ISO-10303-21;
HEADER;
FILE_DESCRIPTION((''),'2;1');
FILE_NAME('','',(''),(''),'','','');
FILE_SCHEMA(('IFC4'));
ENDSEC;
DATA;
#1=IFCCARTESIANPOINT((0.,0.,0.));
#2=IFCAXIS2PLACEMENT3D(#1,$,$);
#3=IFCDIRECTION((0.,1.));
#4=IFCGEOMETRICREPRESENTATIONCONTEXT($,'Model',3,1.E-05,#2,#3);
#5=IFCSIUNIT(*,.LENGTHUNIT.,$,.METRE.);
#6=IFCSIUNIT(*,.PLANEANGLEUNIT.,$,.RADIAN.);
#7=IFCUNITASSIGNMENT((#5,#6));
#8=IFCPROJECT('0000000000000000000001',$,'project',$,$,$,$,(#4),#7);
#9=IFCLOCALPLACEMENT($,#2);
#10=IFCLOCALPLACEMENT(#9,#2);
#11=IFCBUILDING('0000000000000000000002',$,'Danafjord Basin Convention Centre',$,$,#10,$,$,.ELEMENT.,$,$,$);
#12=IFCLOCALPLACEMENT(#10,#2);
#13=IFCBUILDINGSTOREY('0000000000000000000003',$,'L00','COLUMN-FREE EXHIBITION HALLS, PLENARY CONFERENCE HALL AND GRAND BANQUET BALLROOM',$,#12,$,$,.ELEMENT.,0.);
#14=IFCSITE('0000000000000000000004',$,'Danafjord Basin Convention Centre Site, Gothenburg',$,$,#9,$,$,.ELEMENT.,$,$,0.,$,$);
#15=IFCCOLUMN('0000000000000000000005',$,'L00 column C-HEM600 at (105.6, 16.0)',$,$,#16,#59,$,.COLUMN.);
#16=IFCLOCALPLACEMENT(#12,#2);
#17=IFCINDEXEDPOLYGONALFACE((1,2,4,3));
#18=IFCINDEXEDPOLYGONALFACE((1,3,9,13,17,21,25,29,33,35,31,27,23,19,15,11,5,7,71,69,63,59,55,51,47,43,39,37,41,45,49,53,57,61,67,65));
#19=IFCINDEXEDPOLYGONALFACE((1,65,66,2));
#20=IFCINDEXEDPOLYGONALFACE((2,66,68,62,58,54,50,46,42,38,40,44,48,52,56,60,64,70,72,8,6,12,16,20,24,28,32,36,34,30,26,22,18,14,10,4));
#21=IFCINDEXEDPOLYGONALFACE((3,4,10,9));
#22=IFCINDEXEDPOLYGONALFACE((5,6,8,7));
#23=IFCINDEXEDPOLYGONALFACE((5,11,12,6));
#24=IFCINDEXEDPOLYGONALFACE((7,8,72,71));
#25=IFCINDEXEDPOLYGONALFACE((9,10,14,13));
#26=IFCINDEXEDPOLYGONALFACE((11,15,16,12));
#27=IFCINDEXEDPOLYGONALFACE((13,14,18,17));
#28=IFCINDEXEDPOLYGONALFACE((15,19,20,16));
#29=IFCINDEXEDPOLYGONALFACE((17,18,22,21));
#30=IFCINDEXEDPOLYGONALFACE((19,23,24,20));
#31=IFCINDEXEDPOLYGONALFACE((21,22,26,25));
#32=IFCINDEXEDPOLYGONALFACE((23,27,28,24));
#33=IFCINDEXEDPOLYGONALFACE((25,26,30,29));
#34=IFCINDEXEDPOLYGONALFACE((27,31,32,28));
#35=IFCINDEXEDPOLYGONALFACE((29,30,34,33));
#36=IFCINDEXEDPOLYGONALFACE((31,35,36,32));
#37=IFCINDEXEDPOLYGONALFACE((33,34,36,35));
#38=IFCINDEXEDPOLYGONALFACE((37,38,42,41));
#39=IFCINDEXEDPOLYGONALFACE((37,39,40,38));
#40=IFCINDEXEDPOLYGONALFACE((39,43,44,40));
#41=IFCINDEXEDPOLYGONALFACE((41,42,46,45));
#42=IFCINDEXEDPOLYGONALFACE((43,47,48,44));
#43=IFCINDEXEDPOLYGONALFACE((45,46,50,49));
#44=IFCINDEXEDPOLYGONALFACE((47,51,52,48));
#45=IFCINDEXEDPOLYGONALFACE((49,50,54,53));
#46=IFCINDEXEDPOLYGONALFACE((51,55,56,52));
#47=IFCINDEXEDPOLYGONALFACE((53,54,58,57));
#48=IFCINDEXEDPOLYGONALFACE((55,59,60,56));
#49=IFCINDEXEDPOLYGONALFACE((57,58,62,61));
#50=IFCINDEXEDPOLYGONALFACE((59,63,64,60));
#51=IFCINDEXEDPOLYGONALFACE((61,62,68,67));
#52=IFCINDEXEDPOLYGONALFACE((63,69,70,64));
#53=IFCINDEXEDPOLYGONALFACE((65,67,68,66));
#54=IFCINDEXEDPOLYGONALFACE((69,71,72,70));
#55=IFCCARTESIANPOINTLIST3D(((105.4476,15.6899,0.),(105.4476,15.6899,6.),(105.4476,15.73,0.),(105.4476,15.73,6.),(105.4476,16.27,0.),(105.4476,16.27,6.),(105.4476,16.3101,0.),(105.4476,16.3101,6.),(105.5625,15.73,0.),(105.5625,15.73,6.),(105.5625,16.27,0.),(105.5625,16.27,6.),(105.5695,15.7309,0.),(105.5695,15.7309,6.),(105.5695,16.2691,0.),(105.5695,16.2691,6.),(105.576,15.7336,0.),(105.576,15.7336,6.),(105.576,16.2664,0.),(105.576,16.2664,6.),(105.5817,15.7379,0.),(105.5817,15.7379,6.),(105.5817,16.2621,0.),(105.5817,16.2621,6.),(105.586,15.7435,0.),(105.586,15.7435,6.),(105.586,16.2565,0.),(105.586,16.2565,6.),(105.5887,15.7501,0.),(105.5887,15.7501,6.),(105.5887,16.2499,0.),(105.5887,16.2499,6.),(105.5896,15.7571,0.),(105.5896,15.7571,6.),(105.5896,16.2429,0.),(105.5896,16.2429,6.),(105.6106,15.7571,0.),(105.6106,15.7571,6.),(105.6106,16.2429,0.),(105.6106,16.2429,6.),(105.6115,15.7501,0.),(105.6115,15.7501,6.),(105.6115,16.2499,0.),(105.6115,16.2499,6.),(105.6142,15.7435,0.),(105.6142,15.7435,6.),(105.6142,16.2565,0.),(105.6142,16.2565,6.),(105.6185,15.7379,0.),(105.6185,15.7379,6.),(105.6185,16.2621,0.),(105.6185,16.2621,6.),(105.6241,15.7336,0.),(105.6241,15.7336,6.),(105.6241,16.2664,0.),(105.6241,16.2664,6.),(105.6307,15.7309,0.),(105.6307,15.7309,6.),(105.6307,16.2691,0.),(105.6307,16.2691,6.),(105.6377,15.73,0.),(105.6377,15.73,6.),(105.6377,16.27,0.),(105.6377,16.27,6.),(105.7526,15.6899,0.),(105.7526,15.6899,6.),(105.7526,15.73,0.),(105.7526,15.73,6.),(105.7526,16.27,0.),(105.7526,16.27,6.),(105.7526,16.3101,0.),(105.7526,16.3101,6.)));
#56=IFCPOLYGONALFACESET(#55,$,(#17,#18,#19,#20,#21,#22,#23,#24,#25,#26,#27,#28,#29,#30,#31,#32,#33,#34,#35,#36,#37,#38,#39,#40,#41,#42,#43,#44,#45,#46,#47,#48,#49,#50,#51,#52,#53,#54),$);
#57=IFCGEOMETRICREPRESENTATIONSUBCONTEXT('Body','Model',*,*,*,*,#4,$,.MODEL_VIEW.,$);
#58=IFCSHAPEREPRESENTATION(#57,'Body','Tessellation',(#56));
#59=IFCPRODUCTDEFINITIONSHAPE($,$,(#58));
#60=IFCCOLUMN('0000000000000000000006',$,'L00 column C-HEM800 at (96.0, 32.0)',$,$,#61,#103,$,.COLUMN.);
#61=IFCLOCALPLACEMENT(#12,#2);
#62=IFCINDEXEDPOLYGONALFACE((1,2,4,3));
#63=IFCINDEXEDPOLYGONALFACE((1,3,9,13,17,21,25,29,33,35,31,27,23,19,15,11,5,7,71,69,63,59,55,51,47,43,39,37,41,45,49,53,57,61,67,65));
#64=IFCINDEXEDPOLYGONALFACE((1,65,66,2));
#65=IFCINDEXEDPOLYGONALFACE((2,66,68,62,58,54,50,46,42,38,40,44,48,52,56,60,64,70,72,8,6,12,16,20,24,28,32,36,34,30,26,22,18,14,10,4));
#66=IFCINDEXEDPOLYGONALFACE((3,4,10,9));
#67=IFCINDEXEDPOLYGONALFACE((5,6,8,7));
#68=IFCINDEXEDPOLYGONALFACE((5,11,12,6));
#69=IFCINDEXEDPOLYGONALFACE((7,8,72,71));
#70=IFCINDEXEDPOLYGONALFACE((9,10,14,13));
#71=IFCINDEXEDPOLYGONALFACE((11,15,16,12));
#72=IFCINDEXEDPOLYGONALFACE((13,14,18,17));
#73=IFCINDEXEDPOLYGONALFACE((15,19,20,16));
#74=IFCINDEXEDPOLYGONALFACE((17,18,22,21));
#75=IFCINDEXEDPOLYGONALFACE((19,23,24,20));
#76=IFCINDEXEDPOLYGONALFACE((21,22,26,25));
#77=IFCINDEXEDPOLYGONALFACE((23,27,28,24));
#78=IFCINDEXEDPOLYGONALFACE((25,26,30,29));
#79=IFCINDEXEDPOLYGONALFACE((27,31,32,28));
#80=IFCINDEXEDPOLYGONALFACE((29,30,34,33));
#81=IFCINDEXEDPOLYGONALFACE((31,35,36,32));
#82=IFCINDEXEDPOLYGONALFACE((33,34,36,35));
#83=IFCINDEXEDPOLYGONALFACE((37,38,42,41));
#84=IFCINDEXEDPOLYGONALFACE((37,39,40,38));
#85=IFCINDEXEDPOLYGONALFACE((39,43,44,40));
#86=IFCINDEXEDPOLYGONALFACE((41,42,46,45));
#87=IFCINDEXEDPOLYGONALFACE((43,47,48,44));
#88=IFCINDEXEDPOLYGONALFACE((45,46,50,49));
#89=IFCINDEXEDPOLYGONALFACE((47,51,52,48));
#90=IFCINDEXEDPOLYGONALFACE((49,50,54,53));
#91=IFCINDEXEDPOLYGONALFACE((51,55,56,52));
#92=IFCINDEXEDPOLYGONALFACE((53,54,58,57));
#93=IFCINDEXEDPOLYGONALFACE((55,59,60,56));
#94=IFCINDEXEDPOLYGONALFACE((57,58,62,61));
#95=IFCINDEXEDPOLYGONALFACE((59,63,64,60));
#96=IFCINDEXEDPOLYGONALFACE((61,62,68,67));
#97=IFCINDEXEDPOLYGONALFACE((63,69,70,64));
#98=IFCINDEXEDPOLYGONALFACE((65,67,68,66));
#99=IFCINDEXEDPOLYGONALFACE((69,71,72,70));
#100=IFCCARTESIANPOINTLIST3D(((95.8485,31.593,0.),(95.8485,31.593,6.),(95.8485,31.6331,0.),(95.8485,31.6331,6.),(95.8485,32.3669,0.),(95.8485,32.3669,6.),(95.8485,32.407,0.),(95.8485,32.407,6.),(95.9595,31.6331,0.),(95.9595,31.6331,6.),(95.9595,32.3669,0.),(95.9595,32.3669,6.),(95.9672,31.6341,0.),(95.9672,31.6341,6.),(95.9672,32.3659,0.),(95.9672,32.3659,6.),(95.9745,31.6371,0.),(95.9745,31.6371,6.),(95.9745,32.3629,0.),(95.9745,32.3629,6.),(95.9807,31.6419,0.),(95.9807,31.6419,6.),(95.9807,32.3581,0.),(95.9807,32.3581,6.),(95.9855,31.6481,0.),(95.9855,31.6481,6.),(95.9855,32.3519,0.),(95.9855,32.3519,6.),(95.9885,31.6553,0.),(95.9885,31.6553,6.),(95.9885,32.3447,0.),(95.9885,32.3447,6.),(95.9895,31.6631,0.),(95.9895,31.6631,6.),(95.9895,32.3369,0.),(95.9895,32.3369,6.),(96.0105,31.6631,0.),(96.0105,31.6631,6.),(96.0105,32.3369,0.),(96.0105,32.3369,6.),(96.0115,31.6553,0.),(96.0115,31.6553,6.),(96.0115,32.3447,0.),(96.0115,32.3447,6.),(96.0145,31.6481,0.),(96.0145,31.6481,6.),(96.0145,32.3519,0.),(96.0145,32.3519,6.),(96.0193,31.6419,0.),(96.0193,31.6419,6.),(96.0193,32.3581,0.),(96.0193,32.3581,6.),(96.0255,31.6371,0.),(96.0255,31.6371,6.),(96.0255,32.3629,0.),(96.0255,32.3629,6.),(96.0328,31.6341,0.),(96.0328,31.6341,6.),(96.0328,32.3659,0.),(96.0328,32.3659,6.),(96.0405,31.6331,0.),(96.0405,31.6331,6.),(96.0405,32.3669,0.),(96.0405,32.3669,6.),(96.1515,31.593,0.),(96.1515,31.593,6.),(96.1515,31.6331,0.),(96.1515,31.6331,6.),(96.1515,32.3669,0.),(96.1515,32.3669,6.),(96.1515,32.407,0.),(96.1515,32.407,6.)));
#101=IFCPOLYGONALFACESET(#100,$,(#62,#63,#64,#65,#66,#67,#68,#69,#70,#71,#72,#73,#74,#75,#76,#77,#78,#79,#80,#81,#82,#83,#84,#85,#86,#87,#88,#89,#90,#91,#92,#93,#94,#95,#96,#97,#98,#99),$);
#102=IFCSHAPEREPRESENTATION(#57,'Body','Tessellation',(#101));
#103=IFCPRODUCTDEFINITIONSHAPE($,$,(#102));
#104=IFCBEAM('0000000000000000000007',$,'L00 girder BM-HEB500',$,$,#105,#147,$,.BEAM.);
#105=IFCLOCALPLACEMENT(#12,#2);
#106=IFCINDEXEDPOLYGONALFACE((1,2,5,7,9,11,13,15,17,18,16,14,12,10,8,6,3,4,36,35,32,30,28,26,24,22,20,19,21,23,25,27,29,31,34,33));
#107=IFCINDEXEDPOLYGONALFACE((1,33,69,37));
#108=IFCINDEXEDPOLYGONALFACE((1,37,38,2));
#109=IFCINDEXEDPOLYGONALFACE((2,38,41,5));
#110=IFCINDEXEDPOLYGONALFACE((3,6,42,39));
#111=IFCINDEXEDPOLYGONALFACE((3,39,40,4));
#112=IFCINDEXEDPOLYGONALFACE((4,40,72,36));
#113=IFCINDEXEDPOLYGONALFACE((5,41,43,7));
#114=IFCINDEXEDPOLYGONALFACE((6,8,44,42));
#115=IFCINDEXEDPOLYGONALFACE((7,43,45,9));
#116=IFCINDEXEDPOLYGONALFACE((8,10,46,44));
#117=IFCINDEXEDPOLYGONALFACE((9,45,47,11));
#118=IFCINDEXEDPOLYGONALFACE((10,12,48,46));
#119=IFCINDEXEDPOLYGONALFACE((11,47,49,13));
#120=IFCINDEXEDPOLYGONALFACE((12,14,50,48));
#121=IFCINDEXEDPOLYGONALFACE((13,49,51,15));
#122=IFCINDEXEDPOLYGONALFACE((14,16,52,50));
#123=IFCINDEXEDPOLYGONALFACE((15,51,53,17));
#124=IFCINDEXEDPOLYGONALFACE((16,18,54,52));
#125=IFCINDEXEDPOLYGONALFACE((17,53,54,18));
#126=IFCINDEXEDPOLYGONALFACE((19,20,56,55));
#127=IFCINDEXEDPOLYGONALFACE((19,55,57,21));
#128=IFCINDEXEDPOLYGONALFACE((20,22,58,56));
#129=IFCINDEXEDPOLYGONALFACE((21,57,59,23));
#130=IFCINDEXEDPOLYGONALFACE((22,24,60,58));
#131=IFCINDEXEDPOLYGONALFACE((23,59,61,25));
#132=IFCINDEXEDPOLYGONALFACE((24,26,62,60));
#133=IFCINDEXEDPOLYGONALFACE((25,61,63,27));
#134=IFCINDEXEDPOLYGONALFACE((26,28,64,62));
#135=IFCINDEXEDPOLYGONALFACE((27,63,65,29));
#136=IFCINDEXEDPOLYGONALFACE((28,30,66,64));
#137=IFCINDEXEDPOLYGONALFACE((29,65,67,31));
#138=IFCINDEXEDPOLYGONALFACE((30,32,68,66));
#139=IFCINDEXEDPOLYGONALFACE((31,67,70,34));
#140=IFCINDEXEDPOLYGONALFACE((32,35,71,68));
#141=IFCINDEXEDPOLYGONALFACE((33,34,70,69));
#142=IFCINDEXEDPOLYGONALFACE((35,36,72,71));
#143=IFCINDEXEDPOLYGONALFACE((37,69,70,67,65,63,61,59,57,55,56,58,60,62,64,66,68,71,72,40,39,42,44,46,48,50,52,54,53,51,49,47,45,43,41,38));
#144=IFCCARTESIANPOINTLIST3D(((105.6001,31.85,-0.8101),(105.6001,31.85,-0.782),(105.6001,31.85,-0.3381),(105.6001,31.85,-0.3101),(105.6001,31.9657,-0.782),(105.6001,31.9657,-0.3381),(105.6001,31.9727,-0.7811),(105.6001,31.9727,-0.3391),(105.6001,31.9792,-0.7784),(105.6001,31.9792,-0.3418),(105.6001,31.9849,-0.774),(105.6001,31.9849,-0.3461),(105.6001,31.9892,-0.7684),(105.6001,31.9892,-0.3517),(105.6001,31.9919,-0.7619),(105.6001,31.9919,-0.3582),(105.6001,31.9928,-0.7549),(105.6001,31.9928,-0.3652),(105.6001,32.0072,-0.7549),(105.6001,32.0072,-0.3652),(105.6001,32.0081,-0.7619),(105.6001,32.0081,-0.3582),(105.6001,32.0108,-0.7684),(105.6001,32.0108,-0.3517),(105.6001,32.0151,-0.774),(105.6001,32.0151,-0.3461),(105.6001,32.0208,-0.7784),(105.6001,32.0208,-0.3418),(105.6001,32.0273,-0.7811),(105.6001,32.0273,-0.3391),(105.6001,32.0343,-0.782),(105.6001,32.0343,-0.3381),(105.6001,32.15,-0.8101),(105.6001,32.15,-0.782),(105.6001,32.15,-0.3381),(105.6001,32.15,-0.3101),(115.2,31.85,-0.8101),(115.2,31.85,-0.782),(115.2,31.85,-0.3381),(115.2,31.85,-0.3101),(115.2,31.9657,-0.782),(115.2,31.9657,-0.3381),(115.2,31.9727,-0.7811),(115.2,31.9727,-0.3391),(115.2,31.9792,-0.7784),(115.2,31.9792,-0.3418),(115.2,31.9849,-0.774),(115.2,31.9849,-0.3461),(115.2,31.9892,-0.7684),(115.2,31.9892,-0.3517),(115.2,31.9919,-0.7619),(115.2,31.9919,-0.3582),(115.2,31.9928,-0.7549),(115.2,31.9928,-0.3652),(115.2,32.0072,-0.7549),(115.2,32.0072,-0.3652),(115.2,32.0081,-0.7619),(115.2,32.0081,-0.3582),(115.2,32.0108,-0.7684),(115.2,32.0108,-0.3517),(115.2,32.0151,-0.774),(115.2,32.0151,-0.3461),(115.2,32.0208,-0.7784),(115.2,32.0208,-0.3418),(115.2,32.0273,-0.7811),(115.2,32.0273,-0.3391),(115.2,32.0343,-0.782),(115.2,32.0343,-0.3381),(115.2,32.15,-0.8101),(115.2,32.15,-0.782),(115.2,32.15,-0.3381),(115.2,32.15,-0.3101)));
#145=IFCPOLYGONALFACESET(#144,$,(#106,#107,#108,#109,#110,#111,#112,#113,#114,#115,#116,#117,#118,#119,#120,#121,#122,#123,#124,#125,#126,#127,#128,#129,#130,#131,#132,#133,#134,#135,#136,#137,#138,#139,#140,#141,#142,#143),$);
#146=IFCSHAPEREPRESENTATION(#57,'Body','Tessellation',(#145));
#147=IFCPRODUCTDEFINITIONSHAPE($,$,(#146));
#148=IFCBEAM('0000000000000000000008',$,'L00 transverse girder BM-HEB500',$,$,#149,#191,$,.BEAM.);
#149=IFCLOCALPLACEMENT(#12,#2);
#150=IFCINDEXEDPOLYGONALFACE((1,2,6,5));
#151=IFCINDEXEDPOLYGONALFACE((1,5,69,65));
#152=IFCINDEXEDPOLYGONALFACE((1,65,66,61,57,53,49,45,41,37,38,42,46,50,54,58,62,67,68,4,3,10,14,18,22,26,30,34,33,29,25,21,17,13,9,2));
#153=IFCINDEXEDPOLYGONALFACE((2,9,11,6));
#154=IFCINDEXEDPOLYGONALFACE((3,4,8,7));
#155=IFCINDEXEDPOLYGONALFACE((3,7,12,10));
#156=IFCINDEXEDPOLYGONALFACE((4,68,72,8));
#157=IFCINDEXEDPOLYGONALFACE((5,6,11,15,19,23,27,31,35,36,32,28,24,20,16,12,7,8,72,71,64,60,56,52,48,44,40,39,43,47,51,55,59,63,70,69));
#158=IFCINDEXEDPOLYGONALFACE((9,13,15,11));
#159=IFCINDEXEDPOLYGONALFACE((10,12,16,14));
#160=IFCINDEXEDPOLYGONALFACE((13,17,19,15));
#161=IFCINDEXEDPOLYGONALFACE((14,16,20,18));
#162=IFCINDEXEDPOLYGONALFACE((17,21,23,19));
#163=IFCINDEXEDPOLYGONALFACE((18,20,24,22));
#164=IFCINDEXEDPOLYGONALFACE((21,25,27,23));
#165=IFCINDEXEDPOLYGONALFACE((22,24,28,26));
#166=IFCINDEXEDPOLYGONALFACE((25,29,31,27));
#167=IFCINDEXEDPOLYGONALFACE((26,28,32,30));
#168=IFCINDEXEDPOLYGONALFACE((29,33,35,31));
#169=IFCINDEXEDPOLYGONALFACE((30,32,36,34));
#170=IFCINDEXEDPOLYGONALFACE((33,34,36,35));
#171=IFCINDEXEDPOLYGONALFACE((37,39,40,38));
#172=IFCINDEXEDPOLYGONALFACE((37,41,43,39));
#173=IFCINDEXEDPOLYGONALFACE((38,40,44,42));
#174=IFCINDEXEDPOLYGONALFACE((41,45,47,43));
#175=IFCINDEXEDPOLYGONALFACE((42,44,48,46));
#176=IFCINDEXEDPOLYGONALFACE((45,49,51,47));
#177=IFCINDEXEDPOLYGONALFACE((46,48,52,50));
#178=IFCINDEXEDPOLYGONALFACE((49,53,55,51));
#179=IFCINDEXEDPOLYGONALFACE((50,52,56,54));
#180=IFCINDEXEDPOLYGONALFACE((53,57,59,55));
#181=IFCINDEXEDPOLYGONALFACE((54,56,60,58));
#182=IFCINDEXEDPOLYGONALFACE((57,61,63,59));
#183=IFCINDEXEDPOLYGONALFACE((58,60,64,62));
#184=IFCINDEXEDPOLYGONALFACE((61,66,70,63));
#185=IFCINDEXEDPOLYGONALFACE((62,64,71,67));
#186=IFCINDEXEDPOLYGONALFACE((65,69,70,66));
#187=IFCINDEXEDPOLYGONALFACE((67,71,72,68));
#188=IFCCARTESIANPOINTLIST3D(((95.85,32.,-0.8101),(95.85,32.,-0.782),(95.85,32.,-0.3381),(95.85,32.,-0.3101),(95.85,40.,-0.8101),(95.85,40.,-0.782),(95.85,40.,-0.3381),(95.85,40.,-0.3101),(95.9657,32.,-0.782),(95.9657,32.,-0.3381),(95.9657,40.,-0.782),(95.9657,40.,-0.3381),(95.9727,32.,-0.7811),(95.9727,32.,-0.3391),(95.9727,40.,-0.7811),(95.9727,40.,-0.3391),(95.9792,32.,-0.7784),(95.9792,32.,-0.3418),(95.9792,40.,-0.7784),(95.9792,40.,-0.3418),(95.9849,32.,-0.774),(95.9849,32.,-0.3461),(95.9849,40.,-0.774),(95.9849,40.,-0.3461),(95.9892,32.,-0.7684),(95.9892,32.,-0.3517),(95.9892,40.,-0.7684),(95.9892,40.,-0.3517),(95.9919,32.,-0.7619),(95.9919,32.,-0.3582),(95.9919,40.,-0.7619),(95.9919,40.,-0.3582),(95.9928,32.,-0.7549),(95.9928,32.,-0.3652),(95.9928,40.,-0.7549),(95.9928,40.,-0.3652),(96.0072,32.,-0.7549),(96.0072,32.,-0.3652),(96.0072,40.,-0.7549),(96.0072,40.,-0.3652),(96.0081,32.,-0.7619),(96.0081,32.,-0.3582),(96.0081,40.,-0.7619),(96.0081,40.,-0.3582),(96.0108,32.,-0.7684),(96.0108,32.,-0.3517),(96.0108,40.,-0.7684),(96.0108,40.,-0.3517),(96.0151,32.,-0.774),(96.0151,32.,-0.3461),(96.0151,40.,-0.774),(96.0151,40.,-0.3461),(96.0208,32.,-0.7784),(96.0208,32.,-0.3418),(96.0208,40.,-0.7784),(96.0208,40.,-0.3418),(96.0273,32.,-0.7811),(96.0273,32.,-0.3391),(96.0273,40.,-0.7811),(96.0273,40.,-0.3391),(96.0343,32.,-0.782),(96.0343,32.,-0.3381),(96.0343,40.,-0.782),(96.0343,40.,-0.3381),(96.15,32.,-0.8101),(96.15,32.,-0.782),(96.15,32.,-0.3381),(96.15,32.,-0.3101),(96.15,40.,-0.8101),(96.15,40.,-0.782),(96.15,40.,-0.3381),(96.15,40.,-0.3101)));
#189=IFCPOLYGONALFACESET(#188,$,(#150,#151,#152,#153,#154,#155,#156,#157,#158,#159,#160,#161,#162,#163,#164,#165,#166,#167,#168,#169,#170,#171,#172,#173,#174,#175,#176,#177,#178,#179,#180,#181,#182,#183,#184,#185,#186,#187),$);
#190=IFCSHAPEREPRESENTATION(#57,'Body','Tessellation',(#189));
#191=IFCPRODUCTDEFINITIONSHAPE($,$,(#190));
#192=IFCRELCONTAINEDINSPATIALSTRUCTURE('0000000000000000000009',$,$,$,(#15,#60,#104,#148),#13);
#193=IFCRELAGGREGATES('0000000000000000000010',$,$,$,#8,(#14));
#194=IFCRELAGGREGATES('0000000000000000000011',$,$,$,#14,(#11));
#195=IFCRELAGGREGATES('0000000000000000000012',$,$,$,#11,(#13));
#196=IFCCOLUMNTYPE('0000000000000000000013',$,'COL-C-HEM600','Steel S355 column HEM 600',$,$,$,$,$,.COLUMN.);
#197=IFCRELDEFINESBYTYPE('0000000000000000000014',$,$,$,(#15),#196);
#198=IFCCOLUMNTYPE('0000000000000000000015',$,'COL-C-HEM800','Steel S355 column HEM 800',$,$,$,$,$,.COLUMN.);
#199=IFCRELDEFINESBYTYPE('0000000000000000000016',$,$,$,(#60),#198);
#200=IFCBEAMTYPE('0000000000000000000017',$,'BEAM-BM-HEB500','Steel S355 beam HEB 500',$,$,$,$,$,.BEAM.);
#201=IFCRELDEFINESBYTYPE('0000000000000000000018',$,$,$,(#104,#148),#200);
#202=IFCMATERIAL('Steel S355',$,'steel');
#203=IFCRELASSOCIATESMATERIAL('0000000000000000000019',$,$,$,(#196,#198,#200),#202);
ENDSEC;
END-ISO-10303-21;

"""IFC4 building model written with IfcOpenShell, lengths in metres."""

from ifc_helpers import new_model, si_unit, direction, frame, origin, origin_2d, place, context, subcontext, project, spatial, i_section, extrude, material, material_profile, profile_set, type_object, element, save


model = new_model("IFC4")

# Units and contexts
model_context = context("Model", 3, precision=1e-05, world=origin(), true_north=direction((0.0, 1.0)))
body_context = subcontext(model_context, "Body", "Model", "MODEL_VIEW")
ifc_project = project(units=[si_unit("LENGTHUNIT", "METRE"), si_unit("PLANEANGLEUNIT", "RADIAN")], contexts=[model_context])

# Site, building, storey
site_placement = place(None, origin())
site = spatial("IfcSite", under=ifc_project, at=site_placement, Name="Danafjord Basin Convention Centre Site, Gothenburg", CompositionType="ELEMENT", RefElevation=0.0)
building_placement = place(site_placement, origin())
building = spatial("IfcBuilding", under=site, at=building_placement, Name="Danafjord Basin Convention Centre", CompositionType="ELEMENT")
storey_placement = place(building_placement, origin())
storey = spatial("IfcBuildingStorey", under=building, at=storey_placement, Name="L00", Description="COLUMN-FREE EXHIBITION HALLS, PLENARY CONFERENCE HALL AND GRAND BANQUET BALLROOM", CompositionType="ELEMENT", Elevation=0.0)

# Columns
ifc_material_1 = material(Name="Steel S355", Category="steel")
ifc_material_profile_1 = material_profile(ifc_material_1, i_section(OverallWidth=0.3049, OverallDepth=0.6201, WebThickness=0.021, FlangeThickness=0.04, FilletRadius=0.0271, at=origin_2d()), Name="HEM 600")
ifc_profile_set_1 = profile_set([ifc_material_profile_1], Name="Steel S355")
column_type_1 = type_object("IfcColumnType", Name="COL-C-HEM600", Description="Steel S355 column HEM 600", PredefinedType="COLUMN", material=ifc_profile_set_1)
column_1_placement = place(storey_placement, frame((105.6001, 16.0, 0.0), z_axis=(0.0, 0.0, 1.0), x_axis=(1.0, 0.0, 0.0)))
element("IfcColumn", 1, at=column_1_placement, inside=storey, type_object=column_type_1, Name="L00 column C-HEM600 at (105.6, 16.0)", PredefinedType="COLUMN", context=body_context, shape_type="SweptSolid", body=[
    extrude(i_section(OverallWidth=0.3049, OverallDepth=0.6201, WebThickness=0.021, FlangeThickness=0.04, FilletRadius=0.0271, at=origin_2d()), origin(), (0.0, 0.0, 1.0), 6.0),
])
ifc_material_profile_2 = material_profile(ifc_material_1, i_section(OverallWidth=0.303, OverallDepth=0.814, WebThickness=0.021, FlangeThickness=0.04, FilletRadius=0.03, at=origin_2d()), Name="HEM 800")
ifc_profile_set_2 = profile_set([ifc_material_profile_2], Name="Steel S355")
column_type_2 = type_object("IfcColumnType", Name="COL-C-HEM800", Description="Steel S355 column HEM 800", PredefinedType="COLUMN", material=ifc_profile_set_2)
column_2_placement = place(storey_placement, frame((96.0, 32.0, 0.0), z_axis=(0.0, 0.0, 1.0), x_axis=(1.0, 0.0, 0.0)))
element("IfcColumn", 2, at=column_2_placement, inside=storey, type_object=column_type_2, Name="L00 column C-HEM800 at (96.0, 32.0)", PredefinedType="COLUMN", context=body_context, shape_type="SweptSolid", body=[
    extrude(i_section(OverallWidth=0.303, OverallDepth=0.814, WebThickness=0.021, FlangeThickness=0.04, FilletRadius=0.03, at=origin_2d()), origin(), (0.0, 0.0, 1.0), 6.0),
])

# Beams
ifc_material_profile_3 = material_profile(ifc_material_1, i_section(OverallWidth=0.3, OverallDepth=0.5, WebThickness=0.0144, FlangeThickness=0.0281, FilletRadius=0.0271, at=origin_2d()), Name="HEB 500")
ifc_profile_set_3 = profile_set([ifc_material_profile_3], Name="Steel S355")
beam_type_1 = type_object("IfcBeamType", Name="BEAM-BM-HEB500", Description="Steel S355 beam HEB 500", PredefinedType="BEAM", material=ifc_profile_set_3)
beam_1_placement = place(storey_placement, frame((105.6001, 32.0, -0.5601), z_axis=(1.0, 0.0, 0.0), x_axis=(0.0, 1.0, 0.0)))
element("IfcBeam", 3, at=beam_1_placement, inside=storey, type_object=beam_type_1, Name="L00 girder BM-HEB500", PredefinedType="BEAM", context=body_context, shape_type="SweptSolid", body=[
    extrude(i_section(OverallWidth=0.3, OverallDepth=0.5, WebThickness=0.0144, FlangeThickness=0.0281, FilletRadius=0.0271, at=origin_2d()), origin(), (0.0, 0.0, 1.0), 9.5999),
])
for number, where, z_axis, x_axis, name in (
    (4, (96.0, 32.0, -0.5601), (0.0, 1.0, 0.0), (-1.0, 0.0, 0.0), "L00 transverse girder BM-HEB500"),
):
    element("IfcBeam", number, at=place(storey_placement, frame(where, z_axis=z_axis, x_axis=x_axis)), inside=storey, type_object=beam_type_1, Name=name, PredefinedType="BEAM", context=body_context, shape_type="SweptSolid", body=[
        extrude(i_section(OverallWidth=0.3, OverallDepth=0.5, WebThickness=0.0144, FlangeThickness=0.0281, FilletRadius=0.0271, at=origin_2d()), origin(), (0.0, 0.0, 1.0), 8.0),
    ])

save(model, "model.ifc")
